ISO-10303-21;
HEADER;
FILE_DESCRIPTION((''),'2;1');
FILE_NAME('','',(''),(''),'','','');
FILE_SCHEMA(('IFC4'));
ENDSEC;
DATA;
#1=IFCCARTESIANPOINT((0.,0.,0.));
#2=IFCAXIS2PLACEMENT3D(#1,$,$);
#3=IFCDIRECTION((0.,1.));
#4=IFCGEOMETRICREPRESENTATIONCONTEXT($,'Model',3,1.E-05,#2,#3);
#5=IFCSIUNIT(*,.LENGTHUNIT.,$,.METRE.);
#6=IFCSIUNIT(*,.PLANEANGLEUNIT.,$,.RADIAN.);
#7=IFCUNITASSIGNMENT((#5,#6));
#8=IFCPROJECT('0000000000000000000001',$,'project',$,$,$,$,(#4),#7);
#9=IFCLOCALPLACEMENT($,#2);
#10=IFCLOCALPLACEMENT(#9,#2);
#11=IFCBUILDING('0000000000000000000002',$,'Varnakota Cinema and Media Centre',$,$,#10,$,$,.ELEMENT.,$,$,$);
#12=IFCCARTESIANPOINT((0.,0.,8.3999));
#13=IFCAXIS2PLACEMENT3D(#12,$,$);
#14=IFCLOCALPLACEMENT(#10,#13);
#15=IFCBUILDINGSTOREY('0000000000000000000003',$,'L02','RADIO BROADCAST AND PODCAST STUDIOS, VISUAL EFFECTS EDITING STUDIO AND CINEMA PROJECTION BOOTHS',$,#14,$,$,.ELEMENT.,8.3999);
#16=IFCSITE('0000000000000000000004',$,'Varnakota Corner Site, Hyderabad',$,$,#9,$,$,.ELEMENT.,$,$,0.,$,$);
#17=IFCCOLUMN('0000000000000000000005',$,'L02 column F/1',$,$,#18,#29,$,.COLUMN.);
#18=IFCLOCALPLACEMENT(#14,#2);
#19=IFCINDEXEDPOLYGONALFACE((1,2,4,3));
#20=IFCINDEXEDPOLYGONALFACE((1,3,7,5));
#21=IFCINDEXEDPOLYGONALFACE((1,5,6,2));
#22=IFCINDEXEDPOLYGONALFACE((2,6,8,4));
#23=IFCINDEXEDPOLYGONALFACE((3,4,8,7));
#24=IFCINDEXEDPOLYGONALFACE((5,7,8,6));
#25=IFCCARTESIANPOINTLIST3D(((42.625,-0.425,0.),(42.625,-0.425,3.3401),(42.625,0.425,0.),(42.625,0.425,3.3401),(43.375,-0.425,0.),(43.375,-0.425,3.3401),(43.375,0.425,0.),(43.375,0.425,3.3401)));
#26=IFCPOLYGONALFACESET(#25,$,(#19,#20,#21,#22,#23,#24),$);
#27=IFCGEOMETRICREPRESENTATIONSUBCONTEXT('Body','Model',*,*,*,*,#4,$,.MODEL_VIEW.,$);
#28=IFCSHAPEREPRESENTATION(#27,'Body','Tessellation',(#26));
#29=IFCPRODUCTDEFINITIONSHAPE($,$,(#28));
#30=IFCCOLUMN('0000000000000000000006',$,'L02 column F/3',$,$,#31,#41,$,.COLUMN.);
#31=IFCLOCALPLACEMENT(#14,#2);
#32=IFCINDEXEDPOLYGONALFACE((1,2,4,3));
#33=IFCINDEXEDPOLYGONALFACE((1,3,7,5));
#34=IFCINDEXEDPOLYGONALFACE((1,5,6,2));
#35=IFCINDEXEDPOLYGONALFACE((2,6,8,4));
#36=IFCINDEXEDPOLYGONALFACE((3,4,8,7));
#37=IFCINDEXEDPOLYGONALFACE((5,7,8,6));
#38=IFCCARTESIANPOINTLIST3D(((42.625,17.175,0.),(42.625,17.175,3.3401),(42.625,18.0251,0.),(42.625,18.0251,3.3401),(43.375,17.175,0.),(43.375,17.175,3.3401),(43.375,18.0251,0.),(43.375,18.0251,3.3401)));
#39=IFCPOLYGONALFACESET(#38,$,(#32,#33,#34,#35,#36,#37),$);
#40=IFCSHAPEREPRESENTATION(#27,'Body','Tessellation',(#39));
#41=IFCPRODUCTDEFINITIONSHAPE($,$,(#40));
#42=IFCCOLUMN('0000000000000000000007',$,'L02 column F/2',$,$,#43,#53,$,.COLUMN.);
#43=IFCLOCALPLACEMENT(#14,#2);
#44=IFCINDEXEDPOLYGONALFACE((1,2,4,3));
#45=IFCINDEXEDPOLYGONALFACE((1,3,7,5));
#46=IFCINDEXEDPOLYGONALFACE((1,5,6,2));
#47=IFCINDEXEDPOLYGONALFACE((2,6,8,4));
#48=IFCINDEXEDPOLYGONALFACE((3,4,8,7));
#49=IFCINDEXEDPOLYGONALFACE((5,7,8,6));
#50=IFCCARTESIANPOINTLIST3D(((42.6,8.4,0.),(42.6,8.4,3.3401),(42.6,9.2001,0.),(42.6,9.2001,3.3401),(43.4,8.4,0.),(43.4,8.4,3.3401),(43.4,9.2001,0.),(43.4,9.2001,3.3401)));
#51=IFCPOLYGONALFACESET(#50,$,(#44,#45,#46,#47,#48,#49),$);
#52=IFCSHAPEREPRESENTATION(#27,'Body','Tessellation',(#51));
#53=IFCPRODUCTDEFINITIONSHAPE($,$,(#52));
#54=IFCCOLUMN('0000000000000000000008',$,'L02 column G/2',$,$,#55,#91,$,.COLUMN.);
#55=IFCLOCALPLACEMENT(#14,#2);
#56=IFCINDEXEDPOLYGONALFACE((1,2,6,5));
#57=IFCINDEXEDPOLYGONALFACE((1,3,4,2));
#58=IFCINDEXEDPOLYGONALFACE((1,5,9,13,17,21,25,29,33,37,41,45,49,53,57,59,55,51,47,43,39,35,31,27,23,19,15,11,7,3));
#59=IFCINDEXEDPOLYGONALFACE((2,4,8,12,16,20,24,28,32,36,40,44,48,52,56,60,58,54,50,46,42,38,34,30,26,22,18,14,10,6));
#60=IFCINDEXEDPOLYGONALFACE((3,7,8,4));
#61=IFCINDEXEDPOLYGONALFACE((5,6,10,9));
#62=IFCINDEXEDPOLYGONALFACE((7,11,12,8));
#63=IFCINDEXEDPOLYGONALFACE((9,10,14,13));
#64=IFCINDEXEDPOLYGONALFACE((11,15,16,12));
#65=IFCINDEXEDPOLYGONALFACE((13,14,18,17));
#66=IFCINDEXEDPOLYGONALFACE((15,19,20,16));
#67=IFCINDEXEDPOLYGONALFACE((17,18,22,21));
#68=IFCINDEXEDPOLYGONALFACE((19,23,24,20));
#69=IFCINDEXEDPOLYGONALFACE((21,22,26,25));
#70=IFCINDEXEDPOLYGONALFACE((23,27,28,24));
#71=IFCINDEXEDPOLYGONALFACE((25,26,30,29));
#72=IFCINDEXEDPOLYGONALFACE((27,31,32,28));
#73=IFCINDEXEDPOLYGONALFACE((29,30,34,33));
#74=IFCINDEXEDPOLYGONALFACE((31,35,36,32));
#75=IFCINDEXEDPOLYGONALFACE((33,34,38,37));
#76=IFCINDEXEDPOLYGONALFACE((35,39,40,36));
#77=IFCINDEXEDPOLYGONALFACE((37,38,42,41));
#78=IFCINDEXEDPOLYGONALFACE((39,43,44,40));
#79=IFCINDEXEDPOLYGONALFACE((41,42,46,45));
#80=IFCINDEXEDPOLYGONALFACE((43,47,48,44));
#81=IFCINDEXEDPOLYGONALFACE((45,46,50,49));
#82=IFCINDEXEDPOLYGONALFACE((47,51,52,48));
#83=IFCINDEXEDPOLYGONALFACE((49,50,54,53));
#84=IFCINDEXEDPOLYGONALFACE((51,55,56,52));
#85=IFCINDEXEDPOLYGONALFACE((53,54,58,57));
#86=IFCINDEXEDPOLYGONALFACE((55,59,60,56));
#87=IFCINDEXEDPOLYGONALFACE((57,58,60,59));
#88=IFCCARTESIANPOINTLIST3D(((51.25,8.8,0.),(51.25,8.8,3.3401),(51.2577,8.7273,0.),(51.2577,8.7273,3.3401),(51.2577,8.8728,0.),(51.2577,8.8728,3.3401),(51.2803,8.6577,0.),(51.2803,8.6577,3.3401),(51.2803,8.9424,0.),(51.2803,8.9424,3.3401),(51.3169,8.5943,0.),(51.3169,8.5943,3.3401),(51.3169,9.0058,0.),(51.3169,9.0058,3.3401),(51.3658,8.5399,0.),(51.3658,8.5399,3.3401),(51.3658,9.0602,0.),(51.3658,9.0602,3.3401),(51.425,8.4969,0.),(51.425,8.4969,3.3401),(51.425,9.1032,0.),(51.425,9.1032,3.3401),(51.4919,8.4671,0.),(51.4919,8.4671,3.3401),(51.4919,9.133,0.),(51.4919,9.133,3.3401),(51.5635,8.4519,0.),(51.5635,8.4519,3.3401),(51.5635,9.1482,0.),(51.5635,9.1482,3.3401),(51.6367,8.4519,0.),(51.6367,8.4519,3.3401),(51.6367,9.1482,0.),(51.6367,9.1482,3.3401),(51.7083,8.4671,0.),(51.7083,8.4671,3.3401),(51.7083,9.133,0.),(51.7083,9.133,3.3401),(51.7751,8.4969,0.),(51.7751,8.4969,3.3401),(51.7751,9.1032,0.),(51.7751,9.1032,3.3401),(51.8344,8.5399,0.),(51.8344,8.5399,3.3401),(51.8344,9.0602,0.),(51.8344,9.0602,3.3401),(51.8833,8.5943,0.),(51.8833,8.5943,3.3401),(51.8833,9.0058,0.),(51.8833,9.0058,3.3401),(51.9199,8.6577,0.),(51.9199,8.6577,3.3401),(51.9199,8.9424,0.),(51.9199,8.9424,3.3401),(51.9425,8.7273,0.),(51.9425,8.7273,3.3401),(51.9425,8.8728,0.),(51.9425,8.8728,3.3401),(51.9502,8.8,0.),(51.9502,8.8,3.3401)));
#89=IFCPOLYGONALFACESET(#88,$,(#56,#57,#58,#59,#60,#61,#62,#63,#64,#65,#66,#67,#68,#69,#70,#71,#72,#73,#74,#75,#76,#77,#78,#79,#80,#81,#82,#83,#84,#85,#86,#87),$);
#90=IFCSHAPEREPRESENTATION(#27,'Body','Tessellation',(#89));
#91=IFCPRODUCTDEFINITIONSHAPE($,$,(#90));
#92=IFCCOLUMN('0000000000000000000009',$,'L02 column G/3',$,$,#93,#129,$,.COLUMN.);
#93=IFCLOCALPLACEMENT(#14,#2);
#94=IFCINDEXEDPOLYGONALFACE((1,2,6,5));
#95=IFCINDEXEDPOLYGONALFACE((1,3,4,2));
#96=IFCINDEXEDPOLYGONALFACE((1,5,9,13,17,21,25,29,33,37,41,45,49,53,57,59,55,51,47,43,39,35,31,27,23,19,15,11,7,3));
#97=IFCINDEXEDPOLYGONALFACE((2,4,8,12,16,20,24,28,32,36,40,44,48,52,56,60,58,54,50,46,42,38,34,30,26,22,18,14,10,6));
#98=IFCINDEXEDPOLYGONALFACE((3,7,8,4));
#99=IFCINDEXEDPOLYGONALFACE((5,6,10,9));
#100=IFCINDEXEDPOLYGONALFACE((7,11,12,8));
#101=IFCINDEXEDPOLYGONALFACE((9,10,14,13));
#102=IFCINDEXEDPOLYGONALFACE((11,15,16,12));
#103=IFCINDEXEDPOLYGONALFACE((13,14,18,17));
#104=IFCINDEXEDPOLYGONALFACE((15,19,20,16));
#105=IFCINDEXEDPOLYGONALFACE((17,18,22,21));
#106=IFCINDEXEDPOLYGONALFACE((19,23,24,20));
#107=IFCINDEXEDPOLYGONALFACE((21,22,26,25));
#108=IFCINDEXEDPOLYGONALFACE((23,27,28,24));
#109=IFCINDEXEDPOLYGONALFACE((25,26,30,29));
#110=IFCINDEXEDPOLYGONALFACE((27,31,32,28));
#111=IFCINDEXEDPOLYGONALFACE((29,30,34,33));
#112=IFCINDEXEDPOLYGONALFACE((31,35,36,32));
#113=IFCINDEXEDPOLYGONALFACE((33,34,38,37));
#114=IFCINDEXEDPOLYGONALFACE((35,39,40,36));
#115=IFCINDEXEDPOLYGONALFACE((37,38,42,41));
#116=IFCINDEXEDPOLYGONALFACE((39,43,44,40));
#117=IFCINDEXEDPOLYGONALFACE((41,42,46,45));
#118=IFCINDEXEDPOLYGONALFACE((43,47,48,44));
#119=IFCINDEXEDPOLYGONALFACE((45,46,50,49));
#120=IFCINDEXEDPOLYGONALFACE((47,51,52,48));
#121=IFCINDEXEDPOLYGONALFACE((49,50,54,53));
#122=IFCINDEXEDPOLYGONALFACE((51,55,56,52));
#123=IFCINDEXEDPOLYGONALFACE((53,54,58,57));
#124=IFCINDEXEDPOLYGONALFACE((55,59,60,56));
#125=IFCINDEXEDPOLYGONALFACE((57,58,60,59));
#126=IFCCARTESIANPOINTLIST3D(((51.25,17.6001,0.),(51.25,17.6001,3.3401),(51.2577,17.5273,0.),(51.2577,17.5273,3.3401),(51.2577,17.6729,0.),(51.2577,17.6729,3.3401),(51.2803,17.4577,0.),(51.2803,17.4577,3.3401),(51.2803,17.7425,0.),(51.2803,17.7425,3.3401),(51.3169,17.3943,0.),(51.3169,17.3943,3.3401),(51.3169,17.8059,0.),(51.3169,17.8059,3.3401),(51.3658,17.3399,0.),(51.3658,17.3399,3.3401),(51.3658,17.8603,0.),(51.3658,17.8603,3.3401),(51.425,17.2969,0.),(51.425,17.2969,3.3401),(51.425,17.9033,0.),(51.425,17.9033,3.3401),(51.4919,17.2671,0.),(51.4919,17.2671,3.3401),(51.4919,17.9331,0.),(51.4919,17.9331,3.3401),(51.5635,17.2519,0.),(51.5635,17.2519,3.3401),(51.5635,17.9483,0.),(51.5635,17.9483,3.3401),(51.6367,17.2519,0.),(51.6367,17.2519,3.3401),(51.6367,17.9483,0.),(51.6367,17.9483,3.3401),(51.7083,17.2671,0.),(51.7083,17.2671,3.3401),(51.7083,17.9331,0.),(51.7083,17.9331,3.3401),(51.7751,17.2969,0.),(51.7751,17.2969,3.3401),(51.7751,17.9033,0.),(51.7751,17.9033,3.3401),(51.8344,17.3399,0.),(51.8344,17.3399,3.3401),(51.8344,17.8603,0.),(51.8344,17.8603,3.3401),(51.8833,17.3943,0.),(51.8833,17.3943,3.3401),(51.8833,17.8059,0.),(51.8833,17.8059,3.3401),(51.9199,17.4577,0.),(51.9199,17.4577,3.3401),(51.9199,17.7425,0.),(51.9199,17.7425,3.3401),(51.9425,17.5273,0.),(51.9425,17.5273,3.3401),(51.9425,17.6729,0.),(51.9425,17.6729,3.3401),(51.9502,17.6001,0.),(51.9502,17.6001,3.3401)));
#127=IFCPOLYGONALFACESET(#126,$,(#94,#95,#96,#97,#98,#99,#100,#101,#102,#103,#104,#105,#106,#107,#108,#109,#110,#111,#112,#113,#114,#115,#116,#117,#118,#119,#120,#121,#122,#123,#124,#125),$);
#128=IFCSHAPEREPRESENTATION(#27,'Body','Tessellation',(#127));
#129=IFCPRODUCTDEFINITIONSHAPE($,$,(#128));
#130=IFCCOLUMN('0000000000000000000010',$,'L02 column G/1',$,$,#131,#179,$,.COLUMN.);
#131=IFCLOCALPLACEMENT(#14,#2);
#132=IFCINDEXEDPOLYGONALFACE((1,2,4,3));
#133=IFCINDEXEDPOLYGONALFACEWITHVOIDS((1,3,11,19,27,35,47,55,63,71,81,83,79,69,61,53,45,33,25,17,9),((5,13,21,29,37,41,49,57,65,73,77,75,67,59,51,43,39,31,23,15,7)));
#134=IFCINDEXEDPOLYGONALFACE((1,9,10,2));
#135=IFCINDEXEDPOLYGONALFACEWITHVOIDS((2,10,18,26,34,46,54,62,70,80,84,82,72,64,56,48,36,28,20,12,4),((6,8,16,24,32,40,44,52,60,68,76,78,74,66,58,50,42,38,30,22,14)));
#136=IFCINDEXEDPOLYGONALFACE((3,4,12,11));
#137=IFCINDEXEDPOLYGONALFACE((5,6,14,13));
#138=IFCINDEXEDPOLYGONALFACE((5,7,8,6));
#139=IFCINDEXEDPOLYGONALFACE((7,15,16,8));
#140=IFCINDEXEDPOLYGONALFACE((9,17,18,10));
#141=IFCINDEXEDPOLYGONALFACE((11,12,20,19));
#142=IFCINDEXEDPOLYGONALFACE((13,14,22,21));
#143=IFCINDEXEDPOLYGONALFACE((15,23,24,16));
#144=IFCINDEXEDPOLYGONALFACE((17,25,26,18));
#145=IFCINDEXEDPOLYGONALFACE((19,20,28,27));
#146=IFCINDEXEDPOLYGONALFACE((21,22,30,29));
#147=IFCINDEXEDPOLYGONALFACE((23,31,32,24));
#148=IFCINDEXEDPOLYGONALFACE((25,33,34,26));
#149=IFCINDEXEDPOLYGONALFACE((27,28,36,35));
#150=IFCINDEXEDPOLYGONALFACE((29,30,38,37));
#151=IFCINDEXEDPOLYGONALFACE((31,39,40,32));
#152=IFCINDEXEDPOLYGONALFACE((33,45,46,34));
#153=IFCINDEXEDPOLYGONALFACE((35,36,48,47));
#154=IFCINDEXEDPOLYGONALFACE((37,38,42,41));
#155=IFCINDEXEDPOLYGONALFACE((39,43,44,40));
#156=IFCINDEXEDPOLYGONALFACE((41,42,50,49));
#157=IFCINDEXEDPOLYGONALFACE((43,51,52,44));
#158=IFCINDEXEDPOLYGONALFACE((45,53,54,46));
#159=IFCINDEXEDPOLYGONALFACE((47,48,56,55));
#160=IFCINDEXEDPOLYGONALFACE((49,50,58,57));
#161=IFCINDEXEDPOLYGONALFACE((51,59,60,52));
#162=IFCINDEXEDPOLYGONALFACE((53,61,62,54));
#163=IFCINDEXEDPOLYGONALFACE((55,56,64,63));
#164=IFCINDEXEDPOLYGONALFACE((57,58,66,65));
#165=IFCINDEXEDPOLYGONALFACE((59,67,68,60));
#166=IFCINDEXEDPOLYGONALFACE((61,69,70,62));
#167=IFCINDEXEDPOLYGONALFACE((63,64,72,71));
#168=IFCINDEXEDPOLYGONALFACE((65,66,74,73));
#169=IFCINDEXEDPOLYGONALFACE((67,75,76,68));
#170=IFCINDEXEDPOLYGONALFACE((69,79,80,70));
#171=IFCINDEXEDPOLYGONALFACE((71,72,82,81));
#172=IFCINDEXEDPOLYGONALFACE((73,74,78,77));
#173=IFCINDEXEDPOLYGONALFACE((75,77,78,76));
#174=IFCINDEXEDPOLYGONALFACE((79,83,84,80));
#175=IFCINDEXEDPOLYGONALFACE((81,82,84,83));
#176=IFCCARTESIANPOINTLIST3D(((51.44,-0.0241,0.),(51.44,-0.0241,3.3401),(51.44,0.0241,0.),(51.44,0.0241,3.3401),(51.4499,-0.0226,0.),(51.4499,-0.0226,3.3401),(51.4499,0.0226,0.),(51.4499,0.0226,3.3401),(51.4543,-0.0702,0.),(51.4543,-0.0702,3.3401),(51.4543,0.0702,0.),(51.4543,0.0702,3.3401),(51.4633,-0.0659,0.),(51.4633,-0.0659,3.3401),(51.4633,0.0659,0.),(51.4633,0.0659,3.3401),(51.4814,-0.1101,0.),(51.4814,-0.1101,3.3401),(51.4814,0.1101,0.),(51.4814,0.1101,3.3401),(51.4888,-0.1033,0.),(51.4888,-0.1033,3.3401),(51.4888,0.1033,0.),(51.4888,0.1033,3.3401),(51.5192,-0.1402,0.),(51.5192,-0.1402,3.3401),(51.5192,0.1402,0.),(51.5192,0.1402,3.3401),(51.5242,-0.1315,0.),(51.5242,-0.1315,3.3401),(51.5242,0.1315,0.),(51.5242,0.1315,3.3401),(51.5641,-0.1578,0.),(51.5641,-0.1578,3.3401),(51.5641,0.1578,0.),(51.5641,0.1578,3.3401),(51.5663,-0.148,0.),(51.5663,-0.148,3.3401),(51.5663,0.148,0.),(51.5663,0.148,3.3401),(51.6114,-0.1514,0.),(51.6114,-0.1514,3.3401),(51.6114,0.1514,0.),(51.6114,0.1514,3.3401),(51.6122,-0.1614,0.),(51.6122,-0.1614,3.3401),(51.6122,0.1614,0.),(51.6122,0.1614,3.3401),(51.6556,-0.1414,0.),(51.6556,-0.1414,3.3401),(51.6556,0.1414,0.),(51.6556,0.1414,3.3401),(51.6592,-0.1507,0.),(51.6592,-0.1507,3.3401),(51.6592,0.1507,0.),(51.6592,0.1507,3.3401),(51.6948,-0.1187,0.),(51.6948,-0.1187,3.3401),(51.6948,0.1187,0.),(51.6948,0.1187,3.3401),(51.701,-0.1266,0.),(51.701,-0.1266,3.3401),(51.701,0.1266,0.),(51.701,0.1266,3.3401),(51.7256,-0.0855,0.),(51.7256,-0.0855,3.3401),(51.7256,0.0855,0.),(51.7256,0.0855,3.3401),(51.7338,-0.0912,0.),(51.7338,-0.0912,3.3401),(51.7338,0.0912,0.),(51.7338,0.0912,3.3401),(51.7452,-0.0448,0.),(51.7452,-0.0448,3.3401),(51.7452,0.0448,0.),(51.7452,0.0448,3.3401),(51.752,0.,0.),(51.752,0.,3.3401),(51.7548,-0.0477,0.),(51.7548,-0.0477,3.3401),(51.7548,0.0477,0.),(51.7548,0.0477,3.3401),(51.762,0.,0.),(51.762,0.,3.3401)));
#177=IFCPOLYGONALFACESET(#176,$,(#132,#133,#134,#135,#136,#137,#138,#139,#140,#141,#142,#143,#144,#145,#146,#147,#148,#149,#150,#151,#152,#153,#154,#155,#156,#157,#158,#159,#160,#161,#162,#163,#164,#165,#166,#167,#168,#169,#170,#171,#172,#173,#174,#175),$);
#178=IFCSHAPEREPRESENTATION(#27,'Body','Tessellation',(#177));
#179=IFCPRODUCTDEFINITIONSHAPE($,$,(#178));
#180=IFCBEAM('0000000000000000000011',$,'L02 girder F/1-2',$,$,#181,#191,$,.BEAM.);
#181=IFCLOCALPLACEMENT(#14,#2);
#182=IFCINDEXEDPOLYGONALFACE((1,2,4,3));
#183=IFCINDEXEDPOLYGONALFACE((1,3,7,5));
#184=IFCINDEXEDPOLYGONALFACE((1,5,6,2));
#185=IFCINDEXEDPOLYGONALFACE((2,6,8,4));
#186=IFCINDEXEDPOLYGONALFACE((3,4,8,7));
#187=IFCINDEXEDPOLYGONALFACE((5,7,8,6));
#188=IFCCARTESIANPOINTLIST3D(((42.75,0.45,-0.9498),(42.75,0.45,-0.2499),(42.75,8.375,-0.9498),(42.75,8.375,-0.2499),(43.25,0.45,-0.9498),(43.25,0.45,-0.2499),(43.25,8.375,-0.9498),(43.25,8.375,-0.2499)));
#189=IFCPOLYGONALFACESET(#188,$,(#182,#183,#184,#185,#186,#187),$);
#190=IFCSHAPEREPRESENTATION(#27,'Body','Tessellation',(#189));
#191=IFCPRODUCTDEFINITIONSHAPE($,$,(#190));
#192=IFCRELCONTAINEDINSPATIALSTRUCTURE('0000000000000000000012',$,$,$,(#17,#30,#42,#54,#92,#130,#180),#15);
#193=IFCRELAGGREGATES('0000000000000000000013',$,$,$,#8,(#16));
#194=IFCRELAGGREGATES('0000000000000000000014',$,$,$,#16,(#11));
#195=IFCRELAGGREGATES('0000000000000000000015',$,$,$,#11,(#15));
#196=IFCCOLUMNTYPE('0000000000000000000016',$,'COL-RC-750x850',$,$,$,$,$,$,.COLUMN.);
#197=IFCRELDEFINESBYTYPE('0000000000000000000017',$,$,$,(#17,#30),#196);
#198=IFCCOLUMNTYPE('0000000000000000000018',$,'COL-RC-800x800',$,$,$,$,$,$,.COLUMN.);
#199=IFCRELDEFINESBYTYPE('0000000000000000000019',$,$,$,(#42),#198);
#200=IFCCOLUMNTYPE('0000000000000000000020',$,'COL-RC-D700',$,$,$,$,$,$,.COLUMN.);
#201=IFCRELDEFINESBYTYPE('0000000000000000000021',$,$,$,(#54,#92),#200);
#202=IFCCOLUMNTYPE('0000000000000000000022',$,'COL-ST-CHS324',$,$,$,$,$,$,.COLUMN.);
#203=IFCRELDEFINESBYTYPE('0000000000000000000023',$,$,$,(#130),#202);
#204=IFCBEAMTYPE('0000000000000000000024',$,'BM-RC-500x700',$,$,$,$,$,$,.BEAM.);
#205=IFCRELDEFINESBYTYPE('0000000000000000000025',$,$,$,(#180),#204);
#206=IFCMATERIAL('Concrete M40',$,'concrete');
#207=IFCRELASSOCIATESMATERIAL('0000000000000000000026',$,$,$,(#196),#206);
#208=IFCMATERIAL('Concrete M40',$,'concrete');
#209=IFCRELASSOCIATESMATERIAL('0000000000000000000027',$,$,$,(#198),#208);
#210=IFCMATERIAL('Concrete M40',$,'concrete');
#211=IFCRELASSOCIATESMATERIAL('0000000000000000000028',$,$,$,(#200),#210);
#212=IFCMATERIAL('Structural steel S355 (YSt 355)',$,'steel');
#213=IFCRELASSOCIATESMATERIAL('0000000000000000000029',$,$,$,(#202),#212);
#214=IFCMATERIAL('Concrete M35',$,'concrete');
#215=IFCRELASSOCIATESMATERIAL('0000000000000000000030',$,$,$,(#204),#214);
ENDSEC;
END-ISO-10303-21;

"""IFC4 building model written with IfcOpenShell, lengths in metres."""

from ifc_helpers import new_model, si_unit, direction, frame, origin, origin_2d, place, context, subcontext, project, spatial, rectangle, circle, hollow_circle, extrude, material, material_profile, profile_set, type_object, element, save


model = new_model("IFC4")

# Units and contexts
model_context = context("Model", 3, precision=1e-05, world=origin(), true_north=direction((0.0, 1.0)))
body_context = subcontext(model_context, "Body", "Model", "MODEL_VIEW")
ifc_project = project(units=[si_unit("LENGTHUNIT", "METRE"), si_unit("PLANEANGLEUNIT", "RADIAN")], contexts=[model_context])

# Site, building, storey
site_placement = place(None, origin())
site = spatial("IfcSite", under=ifc_project, at=site_placement, Name="Varnakota Corner Site, Hyderabad", CompositionType="ELEMENT", RefElevation=0.0)
building_placement = place(site_placement, origin())
building = spatial("IfcBuilding", under=site, at=building_placement, Name="Varnakota Cinema and Media Centre", CompositionType="ELEMENT")
storey_placement = place(building_placement, frame((0.0, 0.0, 8.3999)))
storey = spatial("IfcBuildingStorey", under=building, at=storey_placement, Name="L02", Description="RADIO BROADCAST AND PODCAST STUDIOS, VISUAL EFFECTS EDITING STUDIO AND CINEMA PROJECTION BOOTHS", CompositionType="ELEMENT", Elevation=8.3999)

# Columns
ifc_material_1 = material(Name="Concrete M40", Category="concrete")
ifc_material_profile_1 = material_profile(ifc_material_1, rectangle(XDim=0.75, YDim=0.8501, at=origin_2d()), Name="RC 750x850")
ifc_profile_set_1 = profile_set([ifc_material_profile_1], Name="Concrete M40")
column_type_1 = type_object("IfcColumnType", Name="COL-RC-750x850", PredefinedType="COLUMN", material=ifc_profile_set_1)
for number, where, z_axis, x_axis, name in (
    (1, (43.0, 0.0, 0.0), (0.0, 0.0, 1.0), (1.0, 0.0, 0.0), "L02 column F/1"),
    (2, (43.0, 17.6001, 0.0), (0.0, 0.0, 1.0), (1.0, 0.0, 0.0), "L02 column F/3"),
):
    element("IfcColumn", number, at=place(storey_placement, frame(where, z_axis=z_axis, x_axis=x_axis)), inside=storey, type_object=column_type_1, Name=name, PredefinedType="COLUMN", context=body_context, shape_type="SweptSolid", body=[
        extrude(rectangle(XDim=0.75, YDim=0.8501, at=origin_2d()), origin(), (0.0, 0.0, 1.0), 3.3401),
    ])
ifc_material_2 = material(Name="Concrete M40", Category="concrete")
ifc_material_profile_2 = material_profile(ifc_material_2, rectangle(XDim=0.8, YDim=0.8, at=origin_2d()), Name="RC 800x800")
ifc_profile_set_2 = profile_set([ifc_material_profile_2], Name="Concrete M40")
column_type_2 = type_object("IfcColumnType", Name="COL-RC-800x800", PredefinedType="COLUMN", material=ifc_profile_set_2)
column_1_placement = place(storey_placement, frame((43.0, 8.8, 0.0), z_axis=(0.0, 0.0, 1.0), x_axis=(1.0, 0.0, 0.0)))
element("IfcColumn", 3, at=column_1_placement, inside=storey, type_object=column_type_2, Name="L02 column F/2", PredefinedType="COLUMN", context=body_context, shape_type="SweptSolid", body=[
    extrude(rectangle(XDim=0.8, YDim=0.8, at=origin_2d()), origin(), (0.0, 0.0, 1.0), 3.3401),
])
ifc_material_3 = material(Name="Concrete M40", Category="concrete")
ifc_material_profile_3 = material_profile(ifc_material_3, circle(Radius=0.3501, at=origin_2d()), Name="RC D700")
ifc_profile_set_3 = profile_set([ifc_material_profile_3], Name="Concrete M40")
column_type_3 = type_object("IfcColumnType", Name="COL-RC-D700", PredefinedType="COLUMN", material=ifc_profile_set_3)
for number, where, z_axis, x_axis, name in (
    (4, (51.6001, 8.8, 0.0), (0.0, 0.0, 1.0), (1.0, 0.0, 0.0), "L02 column G/2"),
    (5, (51.6001, 17.6001, 0.0), (0.0, 0.0, 1.0), (1.0, 0.0, 0.0), "L02 column G/3"),
):
    element("IfcColumn", number, at=place(storey_placement, frame(where, z_axis=z_axis, x_axis=x_axis)), inside=storey, type_object=column_type_3, Name=name, PredefinedType="COLUMN", context=body_context, shape_type="SweptSolid", body=[
        extrude(circle(Radius=0.3501, at=origin_2d()), origin(), (0.0, 0.0, 1.0), 3.3401),
    ])
ifc_material_4 = material(Name="Structural steel S355 (YSt 355)", Category="steel")
ifc_material_profile_4 = material_profile(ifc_material_4, hollow_circle(Radius=0.1619, WallThickness=0.01, at=origin_2d()), Name="CHS 323.9x10.0")
ifc_profile_set_4 = profile_set([ifc_material_profile_4], Name="Structural steel S355 (YSt 355)")
column_type_4 = type_object("IfcColumnType", Name="COL-ST-CHS324", PredefinedType="COLUMN", material=ifc_profile_set_4)
column_2_placement = place(storey_placement, frame((51.6001, 0.0, 0.0), z_axis=(0.0, 0.0, 1.0), x_axis=(1.0, 0.0, 0.0)))
element("IfcColumn", 6, at=column_2_placement, inside=storey, type_object=column_type_4, Name="L02 column G/1", PredefinedType="COLUMN", context=body_context, shape_type="SweptSolid", body=[
    extrude(hollow_circle(Radius=0.1619, WallThickness=0.01, at=origin_2d()), origin(), (0.0, 0.0, 1.0), 3.3401),
])

# Beam
ifc_material_5 = material(Name="Concrete M35", Category="concrete")
ifc_material_profile_5 = material_profile(ifc_material_5, rectangle(XDim=0.5, YDim=0.7, at=origin_2d()), Name="RCB 500x700")
ifc_profile_set_5 = profile_set([ifc_material_profile_5], Name="Concrete M35")
beam_type_1 = type_object("IfcBeamType", Name="BM-RC-500x700", PredefinedType="BEAM", material=ifc_profile_set_5)
beam_1_placement = place(storey_placement, frame((43.0, 0.45, -0.5999), z_axis=(0.0, 1.0, 0.0), x_axis=(-1.0, 0.0, 0.0)))
element("IfcBeam", 7, at=beam_1_placement, inside=storey, type_object=beam_type_1, Name="L02 girder F/1-2", PredefinedType="BEAM", context=body_context, shape_type="SweptSolid", body=[
    extrude(rectangle(XDim=0.5, YDim=0.7, at=origin_2d()), origin(), (0.0, 0.0, 1.0), 7.925),
])

save(model, "model.ifc")
